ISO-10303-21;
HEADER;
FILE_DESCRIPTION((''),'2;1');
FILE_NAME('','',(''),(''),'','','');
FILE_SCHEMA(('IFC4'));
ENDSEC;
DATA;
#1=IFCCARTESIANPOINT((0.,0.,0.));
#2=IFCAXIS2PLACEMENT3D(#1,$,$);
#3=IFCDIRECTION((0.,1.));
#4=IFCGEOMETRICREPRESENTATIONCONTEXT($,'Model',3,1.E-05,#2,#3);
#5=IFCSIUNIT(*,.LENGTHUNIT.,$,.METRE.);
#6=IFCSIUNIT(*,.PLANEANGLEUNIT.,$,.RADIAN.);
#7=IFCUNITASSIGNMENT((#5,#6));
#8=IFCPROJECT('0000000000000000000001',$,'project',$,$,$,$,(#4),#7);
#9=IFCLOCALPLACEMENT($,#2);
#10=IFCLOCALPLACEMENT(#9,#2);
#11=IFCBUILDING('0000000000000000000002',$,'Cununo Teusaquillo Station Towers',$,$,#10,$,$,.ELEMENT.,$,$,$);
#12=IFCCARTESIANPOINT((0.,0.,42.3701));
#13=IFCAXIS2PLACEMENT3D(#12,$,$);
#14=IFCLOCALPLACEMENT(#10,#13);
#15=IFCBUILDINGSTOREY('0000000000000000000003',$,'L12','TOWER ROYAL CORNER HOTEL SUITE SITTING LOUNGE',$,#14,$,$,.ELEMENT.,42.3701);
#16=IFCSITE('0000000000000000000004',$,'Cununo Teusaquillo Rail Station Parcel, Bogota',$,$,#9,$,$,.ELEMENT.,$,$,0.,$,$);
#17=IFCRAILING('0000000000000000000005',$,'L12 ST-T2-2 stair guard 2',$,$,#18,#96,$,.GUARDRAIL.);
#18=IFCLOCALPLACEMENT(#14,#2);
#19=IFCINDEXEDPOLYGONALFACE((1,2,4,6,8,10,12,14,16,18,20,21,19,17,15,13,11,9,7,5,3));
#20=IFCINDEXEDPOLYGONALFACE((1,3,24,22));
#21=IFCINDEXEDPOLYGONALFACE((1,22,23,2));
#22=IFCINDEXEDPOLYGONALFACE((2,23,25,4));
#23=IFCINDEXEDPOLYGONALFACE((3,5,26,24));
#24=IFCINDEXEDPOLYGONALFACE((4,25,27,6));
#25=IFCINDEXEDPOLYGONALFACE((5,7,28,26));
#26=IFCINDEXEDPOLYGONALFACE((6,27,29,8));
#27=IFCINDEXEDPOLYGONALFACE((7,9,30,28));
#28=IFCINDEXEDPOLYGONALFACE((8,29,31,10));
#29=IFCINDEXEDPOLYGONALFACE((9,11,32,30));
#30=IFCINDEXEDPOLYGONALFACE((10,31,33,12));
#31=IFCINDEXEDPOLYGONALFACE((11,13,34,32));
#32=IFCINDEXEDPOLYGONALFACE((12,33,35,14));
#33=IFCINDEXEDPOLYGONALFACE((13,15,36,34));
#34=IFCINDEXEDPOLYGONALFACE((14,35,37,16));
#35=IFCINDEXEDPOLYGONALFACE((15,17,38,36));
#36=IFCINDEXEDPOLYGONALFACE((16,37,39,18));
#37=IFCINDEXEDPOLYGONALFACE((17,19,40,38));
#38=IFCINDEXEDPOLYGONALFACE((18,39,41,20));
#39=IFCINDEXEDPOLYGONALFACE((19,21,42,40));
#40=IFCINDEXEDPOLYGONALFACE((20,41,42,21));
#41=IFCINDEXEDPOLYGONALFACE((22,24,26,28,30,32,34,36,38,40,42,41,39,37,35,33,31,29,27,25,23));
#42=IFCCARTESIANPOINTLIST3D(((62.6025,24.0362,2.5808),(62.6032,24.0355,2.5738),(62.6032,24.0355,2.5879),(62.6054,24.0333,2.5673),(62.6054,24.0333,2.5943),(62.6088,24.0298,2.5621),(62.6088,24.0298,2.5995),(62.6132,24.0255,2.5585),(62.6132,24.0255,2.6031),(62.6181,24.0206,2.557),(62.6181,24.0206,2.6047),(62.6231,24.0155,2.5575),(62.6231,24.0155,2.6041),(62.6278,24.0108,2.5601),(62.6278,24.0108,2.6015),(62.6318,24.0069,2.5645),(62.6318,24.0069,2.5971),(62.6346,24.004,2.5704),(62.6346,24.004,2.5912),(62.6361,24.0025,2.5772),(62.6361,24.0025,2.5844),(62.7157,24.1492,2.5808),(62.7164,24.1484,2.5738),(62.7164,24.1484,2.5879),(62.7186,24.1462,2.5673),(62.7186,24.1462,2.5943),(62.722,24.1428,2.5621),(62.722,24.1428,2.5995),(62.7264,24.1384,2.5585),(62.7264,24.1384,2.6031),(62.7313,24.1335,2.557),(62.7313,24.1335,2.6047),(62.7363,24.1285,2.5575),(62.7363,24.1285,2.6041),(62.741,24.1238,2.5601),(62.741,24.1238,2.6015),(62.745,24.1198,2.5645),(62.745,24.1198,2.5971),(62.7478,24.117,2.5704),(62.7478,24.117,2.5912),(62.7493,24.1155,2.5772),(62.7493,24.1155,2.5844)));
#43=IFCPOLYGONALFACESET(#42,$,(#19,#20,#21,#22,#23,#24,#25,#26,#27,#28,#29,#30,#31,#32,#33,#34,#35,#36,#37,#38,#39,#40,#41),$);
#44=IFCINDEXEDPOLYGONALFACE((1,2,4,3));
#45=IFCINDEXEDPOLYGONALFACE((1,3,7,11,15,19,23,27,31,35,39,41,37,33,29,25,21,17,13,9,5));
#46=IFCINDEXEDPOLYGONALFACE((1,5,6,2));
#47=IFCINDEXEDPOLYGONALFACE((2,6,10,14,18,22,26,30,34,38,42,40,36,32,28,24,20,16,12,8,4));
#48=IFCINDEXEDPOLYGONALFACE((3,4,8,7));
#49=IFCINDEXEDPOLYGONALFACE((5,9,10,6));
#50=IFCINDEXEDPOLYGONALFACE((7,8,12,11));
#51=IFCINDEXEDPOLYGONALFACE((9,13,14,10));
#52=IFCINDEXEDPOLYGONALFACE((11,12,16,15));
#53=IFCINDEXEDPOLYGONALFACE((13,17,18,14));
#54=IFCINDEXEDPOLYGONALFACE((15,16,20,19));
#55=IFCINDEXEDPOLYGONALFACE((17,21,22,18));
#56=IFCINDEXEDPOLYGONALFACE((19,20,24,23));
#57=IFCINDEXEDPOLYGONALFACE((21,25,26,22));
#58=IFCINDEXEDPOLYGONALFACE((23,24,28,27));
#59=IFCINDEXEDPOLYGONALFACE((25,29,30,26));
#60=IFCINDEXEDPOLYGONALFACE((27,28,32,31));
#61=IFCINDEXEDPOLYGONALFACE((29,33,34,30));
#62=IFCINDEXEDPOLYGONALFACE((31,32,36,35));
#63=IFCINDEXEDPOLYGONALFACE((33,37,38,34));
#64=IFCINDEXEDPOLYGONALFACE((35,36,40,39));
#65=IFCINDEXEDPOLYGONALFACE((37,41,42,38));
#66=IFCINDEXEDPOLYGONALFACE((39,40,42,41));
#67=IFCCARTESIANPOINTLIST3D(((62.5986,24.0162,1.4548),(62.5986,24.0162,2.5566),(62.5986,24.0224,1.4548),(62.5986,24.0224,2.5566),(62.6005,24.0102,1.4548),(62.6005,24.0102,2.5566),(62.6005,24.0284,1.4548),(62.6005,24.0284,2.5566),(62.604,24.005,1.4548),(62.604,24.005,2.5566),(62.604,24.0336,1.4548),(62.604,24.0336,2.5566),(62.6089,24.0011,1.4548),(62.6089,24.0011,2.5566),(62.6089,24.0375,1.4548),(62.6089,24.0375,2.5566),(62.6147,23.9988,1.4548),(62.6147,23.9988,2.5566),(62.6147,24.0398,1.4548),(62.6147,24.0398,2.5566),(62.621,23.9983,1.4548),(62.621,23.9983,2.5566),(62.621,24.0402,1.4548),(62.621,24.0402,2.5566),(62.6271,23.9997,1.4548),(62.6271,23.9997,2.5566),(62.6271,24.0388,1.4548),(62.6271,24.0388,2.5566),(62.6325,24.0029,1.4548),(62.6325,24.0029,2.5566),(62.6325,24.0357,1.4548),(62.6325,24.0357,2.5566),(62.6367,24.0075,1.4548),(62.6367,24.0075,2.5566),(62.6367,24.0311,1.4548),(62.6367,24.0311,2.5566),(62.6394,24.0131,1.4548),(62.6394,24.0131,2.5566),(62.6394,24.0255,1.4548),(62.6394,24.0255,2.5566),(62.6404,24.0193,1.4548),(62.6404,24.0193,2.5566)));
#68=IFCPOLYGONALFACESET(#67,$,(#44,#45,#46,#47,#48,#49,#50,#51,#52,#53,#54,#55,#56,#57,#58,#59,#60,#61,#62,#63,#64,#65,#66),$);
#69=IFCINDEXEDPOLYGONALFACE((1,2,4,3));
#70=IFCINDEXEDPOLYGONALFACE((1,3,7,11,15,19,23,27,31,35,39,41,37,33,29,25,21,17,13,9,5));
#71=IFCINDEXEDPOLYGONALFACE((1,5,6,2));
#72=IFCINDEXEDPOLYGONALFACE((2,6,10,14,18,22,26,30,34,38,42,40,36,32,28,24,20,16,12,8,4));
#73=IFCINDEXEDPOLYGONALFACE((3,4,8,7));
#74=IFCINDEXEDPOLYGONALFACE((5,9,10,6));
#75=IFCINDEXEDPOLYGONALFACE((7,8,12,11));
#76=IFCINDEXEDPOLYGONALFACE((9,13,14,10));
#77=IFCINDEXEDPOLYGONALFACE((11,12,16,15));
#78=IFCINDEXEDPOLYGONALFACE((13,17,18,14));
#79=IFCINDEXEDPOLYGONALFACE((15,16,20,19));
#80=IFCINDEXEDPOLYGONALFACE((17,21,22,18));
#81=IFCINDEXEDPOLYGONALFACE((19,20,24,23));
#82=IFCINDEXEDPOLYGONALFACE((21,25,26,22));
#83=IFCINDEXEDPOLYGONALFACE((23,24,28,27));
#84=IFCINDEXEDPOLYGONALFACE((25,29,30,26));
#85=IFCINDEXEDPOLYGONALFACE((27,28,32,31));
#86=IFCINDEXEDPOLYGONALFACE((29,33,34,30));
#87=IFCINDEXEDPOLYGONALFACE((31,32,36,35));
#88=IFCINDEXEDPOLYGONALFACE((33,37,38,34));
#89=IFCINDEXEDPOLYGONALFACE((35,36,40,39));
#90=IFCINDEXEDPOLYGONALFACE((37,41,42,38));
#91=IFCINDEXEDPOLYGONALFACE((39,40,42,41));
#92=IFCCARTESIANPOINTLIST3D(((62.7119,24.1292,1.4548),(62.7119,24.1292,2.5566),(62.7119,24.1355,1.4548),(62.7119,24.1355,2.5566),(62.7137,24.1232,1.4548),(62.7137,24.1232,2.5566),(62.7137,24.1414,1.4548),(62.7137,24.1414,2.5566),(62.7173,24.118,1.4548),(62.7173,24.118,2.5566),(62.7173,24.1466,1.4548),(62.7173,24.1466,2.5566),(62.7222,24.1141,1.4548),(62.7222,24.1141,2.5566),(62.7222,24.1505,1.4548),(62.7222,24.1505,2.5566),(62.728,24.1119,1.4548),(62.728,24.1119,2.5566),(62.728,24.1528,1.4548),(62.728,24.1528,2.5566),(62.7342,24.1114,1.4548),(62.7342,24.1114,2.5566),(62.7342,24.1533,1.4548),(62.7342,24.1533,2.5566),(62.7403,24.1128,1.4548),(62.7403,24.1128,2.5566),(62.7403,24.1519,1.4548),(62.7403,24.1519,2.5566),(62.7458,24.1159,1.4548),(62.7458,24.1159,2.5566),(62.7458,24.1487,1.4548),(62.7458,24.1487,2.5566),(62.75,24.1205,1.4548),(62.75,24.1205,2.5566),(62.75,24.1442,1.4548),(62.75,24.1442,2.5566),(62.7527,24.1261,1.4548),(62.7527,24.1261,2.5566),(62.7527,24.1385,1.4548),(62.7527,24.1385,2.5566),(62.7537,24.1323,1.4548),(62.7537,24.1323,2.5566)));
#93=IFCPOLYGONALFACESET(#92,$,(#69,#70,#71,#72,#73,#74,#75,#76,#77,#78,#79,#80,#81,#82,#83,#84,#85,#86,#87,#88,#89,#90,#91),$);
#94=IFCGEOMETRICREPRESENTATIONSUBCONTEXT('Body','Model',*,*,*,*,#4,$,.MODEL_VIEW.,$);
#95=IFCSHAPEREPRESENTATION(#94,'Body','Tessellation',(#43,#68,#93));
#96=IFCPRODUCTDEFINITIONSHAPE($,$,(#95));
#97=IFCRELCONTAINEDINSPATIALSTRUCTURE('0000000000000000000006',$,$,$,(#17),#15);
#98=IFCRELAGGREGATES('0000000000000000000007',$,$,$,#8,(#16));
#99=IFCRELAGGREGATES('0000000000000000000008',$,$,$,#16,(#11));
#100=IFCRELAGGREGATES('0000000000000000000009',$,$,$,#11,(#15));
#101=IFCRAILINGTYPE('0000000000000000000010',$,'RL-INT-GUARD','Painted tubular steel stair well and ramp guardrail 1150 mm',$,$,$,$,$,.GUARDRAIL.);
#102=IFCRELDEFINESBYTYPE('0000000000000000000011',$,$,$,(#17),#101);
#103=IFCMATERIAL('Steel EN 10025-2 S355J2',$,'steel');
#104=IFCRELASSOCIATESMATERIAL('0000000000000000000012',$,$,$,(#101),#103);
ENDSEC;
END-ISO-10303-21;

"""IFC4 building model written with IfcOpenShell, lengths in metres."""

from ifc_helpers import new_model, si_unit, direction, frame, origin, origin_2d, place, context, subcontext, project, spatial, circle, extrude, material, type_object, element, save


model = new_model("IFC4")

# Units and contexts
model_context = context("Model", 3, precision=1e-05, world=origin(), true_north=direction((0.0, 1.0)))
body_context = subcontext(model_context, "Body", "Model", "MODEL_VIEW")
ifc_project = project(units=[si_unit("LENGTHUNIT", "METRE"), si_unit("PLANEANGLEUNIT", "RADIAN")], contexts=[model_context])

# Site, building, storey
site_placement = place(None, origin())
site = spatial("IfcSite", under=ifc_project, at=site_placement, Name="Cununo Teusaquillo Rail Station Parcel, Bogota", CompositionType="ELEMENT", RefElevation=0.0)
building_placement = place(site_placement, origin())
building = spatial("IfcBuilding", under=site, at=building_placement, Name="Cununo Teusaquillo Station Towers", CompositionType="ELEMENT")
storey_placement = place(building_placement, frame((0.0, 0.0, 42.3701)))
storey = spatial("IfcBuildingStorey", under=building, at=storey_placement, Name="L12", Description="TOWER ROYAL CORNER HOTEL SUITE SITTING LOUNGE", CompositionType="ELEMENT", Elevation=42.3701)

# Railing
ifc_material_1 = material(Name="Steel EN 10025-2 S355J2", Category="steel")
railing_type_1 = type_object("IfcRailingType", Name="RL-INT-GUARD", Description="Painted tubular steel stair well and ramp guardrail 1150 mm", PredefinedType="GUARDRAIL", material=ifc_material_1)
railing_1_placement = place(storey_placement, frame((62.6194, 24.0193, 1.4548)))
element("IfcRailing", 1, at=railing_1_placement, inside=storey, type_object=railing_type_1, Name="L12 ST-T2-2 stair guard 2", PredefinedType="GUARDRAIL", context=body_context, shape_type="SweptSolid", body=[
    extrude(circle(Radius=0.0239, at=origin_2d()), frame((0.0, 0.0, 1.126), z_axis=(0.707869, 0.706344, 0.0), x_axis=(-0.706344, 0.707869, 0.0)), (0.0, 0.0, 1.0), 0.1599),
    extrude(circle(Radius=0.021, at=origin_2d()), origin(), (0.0, 0.0, 1.0), 1.1018),
    extrude(circle(Radius=0.021, at=origin_2d()), frame((0.1133, 0.113, 0.0)), (0.0, 0.0, 1.0), 1.1018),
])

save(model, "model.ifc")
